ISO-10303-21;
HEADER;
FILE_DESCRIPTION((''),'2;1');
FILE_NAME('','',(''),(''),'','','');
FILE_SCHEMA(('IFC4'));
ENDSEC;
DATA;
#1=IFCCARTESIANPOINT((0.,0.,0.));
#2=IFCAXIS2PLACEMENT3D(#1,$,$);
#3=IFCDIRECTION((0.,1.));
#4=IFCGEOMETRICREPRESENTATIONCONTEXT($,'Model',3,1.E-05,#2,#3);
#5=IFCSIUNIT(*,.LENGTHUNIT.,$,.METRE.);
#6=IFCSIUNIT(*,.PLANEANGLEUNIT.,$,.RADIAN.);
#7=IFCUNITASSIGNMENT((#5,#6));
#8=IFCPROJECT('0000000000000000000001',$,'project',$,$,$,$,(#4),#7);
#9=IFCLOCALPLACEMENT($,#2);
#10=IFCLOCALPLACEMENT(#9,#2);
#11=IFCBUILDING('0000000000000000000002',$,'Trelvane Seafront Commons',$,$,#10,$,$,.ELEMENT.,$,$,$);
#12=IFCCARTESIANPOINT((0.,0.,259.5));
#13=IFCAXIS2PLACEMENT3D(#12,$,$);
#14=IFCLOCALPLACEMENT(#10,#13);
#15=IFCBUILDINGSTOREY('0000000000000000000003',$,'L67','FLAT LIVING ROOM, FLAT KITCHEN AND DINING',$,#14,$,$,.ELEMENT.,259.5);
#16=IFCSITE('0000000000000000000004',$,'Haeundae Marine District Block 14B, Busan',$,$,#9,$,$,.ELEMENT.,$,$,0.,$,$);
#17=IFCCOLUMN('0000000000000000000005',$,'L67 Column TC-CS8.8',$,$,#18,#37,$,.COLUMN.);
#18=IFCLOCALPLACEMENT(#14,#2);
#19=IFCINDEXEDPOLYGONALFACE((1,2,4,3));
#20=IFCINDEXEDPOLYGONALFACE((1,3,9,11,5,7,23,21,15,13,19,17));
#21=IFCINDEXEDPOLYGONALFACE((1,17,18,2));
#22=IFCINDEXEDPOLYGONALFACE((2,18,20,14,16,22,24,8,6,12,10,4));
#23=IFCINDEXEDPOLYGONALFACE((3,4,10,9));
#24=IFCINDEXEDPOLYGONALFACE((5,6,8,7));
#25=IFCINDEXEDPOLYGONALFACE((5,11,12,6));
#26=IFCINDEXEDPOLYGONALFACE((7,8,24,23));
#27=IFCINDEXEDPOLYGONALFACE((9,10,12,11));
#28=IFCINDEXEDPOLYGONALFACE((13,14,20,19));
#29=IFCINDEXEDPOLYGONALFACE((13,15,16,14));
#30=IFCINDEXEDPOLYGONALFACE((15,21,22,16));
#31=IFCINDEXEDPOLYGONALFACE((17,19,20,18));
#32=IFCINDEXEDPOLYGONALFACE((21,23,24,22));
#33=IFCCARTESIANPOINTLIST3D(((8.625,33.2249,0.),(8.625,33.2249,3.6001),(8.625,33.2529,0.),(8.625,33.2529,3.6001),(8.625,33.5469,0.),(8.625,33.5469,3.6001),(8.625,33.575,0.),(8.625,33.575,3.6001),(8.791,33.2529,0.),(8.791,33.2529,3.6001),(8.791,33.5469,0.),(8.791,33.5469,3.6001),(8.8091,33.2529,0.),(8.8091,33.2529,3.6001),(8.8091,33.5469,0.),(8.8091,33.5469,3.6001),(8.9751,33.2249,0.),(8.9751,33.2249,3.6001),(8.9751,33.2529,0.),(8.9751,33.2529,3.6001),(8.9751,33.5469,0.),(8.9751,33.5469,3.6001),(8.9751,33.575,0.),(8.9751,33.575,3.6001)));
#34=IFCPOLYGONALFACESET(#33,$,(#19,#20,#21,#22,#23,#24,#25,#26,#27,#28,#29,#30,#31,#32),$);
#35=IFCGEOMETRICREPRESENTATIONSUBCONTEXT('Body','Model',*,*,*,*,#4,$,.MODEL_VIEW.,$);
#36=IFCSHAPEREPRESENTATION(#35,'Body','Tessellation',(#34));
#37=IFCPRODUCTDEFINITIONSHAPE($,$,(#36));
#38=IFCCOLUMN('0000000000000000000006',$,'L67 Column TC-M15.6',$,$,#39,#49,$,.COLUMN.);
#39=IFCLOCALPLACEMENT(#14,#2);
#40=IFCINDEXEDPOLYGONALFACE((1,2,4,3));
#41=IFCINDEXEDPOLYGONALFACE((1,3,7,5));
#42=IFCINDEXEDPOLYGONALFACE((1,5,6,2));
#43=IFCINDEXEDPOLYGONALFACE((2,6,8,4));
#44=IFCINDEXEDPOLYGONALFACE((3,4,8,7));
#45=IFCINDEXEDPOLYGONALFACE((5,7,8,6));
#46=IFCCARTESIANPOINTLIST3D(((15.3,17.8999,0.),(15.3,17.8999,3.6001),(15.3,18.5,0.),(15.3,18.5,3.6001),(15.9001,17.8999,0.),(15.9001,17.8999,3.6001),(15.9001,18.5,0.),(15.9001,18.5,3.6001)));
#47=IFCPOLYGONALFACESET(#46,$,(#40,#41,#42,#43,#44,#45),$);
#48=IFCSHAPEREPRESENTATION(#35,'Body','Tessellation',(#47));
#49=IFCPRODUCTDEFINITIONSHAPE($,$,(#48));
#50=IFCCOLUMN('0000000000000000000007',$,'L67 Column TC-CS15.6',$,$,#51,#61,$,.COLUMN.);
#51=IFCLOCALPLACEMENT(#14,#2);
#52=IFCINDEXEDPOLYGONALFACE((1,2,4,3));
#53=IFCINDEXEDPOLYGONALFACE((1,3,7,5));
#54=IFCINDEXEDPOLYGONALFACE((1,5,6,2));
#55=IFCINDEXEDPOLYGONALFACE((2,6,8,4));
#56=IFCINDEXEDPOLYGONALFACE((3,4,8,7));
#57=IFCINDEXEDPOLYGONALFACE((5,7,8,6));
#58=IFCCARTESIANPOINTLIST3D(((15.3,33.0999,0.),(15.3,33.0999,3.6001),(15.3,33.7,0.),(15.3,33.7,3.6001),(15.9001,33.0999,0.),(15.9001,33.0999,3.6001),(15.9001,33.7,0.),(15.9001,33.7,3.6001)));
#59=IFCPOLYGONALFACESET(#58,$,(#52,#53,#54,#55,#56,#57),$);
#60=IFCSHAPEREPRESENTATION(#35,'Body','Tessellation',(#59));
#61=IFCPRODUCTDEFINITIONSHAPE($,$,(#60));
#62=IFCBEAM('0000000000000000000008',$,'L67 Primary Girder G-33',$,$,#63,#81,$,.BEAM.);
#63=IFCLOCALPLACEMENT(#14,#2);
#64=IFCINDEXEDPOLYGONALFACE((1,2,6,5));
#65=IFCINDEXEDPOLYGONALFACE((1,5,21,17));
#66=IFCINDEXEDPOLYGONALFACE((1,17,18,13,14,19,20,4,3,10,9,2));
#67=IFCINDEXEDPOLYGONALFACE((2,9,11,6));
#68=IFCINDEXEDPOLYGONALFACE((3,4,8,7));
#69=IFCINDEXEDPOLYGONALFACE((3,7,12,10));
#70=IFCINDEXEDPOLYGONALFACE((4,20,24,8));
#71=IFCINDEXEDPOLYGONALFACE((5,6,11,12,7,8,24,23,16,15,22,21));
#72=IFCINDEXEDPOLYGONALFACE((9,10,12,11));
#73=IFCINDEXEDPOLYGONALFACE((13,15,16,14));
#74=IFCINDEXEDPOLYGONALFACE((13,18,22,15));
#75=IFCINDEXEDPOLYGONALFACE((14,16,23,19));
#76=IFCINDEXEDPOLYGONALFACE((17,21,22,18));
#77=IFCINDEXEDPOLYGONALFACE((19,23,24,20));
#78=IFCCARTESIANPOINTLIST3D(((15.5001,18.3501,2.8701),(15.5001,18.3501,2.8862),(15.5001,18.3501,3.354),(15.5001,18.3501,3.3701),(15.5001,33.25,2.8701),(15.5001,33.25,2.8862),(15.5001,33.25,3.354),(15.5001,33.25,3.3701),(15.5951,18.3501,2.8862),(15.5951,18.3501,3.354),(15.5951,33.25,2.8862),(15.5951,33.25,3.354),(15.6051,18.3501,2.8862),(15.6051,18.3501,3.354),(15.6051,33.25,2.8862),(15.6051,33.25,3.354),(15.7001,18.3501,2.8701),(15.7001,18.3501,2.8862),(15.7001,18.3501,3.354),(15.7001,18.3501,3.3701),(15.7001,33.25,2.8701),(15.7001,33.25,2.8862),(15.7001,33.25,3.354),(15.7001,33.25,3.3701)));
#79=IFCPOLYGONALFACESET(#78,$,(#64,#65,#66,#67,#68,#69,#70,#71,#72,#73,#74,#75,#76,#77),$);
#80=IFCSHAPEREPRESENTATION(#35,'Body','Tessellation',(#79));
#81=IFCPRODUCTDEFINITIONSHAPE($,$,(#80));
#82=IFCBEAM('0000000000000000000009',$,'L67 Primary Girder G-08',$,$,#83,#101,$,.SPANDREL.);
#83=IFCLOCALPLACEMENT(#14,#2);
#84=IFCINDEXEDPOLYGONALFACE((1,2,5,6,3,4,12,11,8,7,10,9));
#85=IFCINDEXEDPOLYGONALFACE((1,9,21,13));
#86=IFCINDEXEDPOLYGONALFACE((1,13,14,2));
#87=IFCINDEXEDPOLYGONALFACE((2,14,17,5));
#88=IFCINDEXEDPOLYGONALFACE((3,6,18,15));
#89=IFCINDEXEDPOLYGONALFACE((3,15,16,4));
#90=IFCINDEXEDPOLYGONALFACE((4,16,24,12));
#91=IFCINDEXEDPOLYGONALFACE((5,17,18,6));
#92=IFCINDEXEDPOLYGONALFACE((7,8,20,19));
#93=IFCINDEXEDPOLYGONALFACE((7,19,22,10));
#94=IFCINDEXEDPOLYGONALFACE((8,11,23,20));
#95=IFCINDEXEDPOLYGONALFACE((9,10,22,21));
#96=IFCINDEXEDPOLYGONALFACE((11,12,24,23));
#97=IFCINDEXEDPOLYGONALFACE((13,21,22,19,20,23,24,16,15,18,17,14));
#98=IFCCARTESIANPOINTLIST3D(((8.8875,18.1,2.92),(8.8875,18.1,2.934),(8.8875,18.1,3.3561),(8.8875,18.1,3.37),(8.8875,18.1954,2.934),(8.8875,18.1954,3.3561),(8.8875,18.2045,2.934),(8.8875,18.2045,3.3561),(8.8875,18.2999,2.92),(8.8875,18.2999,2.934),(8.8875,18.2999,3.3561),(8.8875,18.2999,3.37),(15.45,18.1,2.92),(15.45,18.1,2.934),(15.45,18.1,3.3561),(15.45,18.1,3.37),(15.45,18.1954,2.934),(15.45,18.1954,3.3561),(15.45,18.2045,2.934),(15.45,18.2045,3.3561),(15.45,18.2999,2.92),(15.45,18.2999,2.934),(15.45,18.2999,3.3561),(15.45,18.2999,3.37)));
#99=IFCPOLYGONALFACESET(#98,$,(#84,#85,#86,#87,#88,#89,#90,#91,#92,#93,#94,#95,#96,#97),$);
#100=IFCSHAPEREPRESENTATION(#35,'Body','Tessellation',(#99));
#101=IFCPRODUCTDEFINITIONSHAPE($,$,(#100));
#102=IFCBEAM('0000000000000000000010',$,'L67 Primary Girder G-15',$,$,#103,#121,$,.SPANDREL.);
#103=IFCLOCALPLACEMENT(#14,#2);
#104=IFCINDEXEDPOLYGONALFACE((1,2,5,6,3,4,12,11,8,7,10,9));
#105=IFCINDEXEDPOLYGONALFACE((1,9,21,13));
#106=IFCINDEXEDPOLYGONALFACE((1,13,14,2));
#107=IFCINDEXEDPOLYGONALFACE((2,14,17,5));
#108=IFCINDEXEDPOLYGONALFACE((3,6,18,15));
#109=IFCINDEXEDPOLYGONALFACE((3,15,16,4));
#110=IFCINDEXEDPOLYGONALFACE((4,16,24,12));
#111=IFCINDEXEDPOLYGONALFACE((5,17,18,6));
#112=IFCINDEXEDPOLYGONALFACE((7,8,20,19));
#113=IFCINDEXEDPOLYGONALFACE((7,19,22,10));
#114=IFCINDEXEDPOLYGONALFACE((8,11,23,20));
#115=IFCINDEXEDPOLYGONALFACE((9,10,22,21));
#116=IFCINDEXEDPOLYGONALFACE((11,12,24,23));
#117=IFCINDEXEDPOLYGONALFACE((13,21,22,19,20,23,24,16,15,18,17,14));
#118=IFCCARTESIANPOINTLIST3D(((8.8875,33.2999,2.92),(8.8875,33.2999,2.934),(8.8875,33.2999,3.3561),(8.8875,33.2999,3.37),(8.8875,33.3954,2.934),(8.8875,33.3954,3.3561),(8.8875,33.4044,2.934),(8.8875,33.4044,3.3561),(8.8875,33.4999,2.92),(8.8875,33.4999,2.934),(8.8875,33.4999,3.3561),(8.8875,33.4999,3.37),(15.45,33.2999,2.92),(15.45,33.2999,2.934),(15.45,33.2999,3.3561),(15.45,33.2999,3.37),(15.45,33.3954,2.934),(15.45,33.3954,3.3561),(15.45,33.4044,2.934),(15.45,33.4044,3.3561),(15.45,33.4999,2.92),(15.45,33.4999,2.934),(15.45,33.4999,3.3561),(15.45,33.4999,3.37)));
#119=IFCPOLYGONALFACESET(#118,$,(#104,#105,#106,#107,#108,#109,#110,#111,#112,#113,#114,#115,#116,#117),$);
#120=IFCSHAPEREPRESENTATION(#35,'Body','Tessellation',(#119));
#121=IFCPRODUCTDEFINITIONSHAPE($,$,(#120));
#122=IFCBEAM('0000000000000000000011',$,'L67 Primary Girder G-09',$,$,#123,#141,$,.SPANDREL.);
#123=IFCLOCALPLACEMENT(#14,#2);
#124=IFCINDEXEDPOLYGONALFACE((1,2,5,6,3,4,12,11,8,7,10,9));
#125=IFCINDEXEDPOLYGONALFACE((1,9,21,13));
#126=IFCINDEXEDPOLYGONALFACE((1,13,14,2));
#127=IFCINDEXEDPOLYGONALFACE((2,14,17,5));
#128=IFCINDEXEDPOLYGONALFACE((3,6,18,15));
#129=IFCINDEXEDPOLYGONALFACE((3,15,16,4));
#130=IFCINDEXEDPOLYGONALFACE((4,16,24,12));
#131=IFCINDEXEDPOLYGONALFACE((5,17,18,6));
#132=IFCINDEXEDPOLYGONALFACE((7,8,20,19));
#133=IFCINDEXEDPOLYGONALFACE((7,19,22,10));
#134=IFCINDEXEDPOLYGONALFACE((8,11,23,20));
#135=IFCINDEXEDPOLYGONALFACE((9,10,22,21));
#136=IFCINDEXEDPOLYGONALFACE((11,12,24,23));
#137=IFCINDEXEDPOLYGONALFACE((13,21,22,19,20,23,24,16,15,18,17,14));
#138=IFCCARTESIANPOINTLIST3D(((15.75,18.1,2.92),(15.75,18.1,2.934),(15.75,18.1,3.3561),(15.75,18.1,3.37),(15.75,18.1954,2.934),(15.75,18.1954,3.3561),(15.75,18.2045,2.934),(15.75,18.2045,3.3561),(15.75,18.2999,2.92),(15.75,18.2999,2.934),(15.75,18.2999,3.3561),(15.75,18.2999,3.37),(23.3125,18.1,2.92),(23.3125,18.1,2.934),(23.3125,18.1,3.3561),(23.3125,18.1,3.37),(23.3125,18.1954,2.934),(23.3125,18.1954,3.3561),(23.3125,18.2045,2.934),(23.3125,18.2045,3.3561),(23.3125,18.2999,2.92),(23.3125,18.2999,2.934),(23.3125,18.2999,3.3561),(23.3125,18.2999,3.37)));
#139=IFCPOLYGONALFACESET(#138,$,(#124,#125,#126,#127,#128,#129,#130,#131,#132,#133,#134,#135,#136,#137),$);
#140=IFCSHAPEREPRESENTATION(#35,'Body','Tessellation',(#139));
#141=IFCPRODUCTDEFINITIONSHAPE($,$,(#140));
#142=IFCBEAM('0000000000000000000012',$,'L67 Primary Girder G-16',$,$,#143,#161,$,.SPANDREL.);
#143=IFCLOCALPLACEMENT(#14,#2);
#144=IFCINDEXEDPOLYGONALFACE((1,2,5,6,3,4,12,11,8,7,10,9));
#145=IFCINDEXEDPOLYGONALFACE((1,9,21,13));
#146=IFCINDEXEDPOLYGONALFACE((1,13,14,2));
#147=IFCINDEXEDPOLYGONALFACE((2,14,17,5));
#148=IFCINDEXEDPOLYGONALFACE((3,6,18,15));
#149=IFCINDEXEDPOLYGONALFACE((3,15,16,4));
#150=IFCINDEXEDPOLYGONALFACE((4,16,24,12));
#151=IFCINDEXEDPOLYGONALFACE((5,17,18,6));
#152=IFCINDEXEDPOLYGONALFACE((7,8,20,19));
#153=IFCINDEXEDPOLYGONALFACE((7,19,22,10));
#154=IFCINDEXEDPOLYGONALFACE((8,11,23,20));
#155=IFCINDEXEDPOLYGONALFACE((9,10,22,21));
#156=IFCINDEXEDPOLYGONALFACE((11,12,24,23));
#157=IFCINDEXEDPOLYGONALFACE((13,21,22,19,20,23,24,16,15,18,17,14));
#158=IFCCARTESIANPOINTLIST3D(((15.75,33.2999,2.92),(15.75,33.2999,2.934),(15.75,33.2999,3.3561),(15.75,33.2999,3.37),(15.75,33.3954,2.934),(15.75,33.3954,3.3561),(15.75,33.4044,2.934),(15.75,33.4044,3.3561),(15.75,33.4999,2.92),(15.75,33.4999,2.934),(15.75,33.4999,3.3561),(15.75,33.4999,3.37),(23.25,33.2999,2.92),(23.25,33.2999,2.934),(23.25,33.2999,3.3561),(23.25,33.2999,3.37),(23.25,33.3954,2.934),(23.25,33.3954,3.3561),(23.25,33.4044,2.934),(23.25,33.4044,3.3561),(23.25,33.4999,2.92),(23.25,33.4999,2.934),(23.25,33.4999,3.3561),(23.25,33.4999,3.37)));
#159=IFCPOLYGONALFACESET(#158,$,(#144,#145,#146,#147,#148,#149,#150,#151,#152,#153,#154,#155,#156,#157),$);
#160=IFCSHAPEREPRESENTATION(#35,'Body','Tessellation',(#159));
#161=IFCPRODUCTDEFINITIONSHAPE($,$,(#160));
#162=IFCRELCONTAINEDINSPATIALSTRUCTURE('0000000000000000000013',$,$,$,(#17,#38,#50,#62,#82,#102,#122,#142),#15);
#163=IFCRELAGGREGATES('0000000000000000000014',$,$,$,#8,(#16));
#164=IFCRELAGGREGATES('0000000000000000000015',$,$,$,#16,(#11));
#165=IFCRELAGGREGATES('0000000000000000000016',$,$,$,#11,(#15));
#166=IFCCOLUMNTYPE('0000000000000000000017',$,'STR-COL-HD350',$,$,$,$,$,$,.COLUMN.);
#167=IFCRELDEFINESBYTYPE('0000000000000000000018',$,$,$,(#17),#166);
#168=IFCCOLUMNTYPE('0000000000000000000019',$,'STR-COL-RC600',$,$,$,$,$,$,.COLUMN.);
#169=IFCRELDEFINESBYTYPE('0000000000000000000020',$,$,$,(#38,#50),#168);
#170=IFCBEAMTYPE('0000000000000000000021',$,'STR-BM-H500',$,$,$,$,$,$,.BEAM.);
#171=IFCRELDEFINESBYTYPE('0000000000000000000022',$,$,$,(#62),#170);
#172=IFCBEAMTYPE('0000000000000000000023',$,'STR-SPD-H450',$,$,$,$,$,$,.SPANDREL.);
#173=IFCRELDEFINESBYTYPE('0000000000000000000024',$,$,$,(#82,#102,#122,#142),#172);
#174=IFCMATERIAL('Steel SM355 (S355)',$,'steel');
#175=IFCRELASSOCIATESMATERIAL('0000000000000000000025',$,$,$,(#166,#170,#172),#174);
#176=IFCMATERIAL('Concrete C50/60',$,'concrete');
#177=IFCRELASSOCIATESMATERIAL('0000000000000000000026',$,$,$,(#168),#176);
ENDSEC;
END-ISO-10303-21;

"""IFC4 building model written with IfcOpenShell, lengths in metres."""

from ifc_helpers import new_model, si_unit, direction, frame, origin, origin_2d, place, context, subcontext, project, spatial, rectangle, i_section, extrude, source, transform, mapped, material, material_profile, profile_set, type_object, element, save


model = new_model("IFC4")

# Units and contexts
model_context = context("Model", 3, precision=1e-05, world=origin(), true_north=direction((0.0, 1.0)))
body_context = subcontext(model_context, "Body", "Model", "MODEL_VIEW")
ifc_project = project(units=[si_unit("LENGTHUNIT", "METRE"), si_unit("PLANEANGLEUNIT", "RADIAN")], contexts=[model_context])

# Site, building, storey
site_placement = place(None, origin())
site = spatial("IfcSite", under=ifc_project, at=site_placement, Name="Haeundae Marine District Block 14B, Busan", CompositionType="ELEMENT", RefElevation=0.0)
building_placement = place(site_placement, origin())
building = spatial("IfcBuilding", under=site, at=building_placement, Name="Trelvane Seafront Commons", CompositionType="ELEMENT")
storey_placement = place(building_placement, frame((0.0, 0.0, 259.5)))
storey = spatial("IfcBuildingStorey", under=building, at=storey_placement, Name="L67", Description="FLAT LIVING ROOM, FLAT KITCHEN AND DINING", CompositionType="ELEMENT", Elevation=259.5)

# Columns
ifc_material_1 = material(Name="Steel SM355 (S355)", Category="steel")
ifc_material_profile_1 = material_profile(ifc_material_1, i_section(OverallWidth=0.3501, OverallDepth=0.3501, WebThickness=0.0181, FlangeThickness=0.0281, at=origin_2d()), Name="HD-350x350x18x28")
ifc_profile_set_1 = profile_set([ifc_material_profile_1], Name="Steel SM355 (S355)")
column_type_1 = type_object("IfcColumnType", Name="STR-COL-HD350", PredefinedType="COLUMN", material=ifc_profile_set_1)
shared_shape_1 = source(origin(), body_context, "Body", "SweptSolid", [
    extrude(i_section(OverallWidth=0.3501, OverallDepth=0.3501, WebThickness=0.0181, FlangeThickness=0.0281, at=origin_2d()), origin(), (0.0, 0.0, 1.0), 3.6001),
])
column_placement = place(storey_placement, frame((8.8, 33.3999, 0.0), z_axis=(0.0, 0.0, 1.0), x_axis=(1.0, 0.0, 0.0)))
element("IfcColumn", 1, at=column_placement, inside=storey, type_object=column_type_1, Name="L67 Column TC-CS8.8", PredefinedType="COLUMN", context=body_context, shape_type="MappedRepresentation", body=[
    mapped(shared_shape_1, transform((0.0, 0.0, 0.0), x_axis=(1.0, 0.0, 0.0), y_axis=(0.0, 1.0, 0.0), z_axis=(0.0, 0.0, 1.0), scale=1.0)),
])
ifc_material_2 = material(Name="Concrete C50/60", Category="concrete")
ifc_material_profile_2 = material_profile(ifc_material_2, rectangle(XDim=0.6001, YDim=0.6001, at=origin_2d()), Name="RC-600x600")
ifc_profile_set_2 = profile_set([ifc_material_profile_2], Name="Concrete C50/60")
column_type_2 = type_object("IfcColumnType", Name="STR-COL-RC600", PredefinedType="COLUMN", material=ifc_profile_set_2)
shared_shape_2 = source(origin(), body_context, "Body", "SweptSolid", [
    extrude(rectangle(XDim=0.6001, YDim=0.6001, at=origin_2d()), origin(), (0.0, 0.0, 1.0), 3.6001),
])
for number, where, z_axis, x_axis, name in (
    (2, (15.6001, 18.2, 0.0), (0.0, 0.0, 1.0), (1.0, 0.0, 0.0), "L67 Column TC-M15.6"),
    (3, (15.6001, 33.3999, 0.0), (0.0, 0.0, 1.0), (1.0, 0.0, 0.0), "L67 Column TC-CS15.6"),
):
    element("IfcColumn", number, at=place(storey_placement, frame(where, z_axis=z_axis, x_axis=x_axis)), inside=storey, type_object=column_type_2, Name=name, PredefinedType="COLUMN", context=body_context, shape_type="MappedRepresentation", body=[
        mapped(shared_shape_2, transform((0.0, 0.0, 0.0), x_axis=(1.0, 0.0, 0.0), y_axis=(0.0, 1.0, 0.0), z_axis=(0.0, 0.0, 1.0), scale=1.0)),
    ])

# Beams
ifc_material_profile_3 = material_profile(ifc_material_1, i_section(OverallWidth=0.2, OverallDepth=0.5, WebThickness=0.01, FlangeThickness=0.0161, at=origin_2d()), Name="H-500x200x10x16")
ifc_profile_set_3 = profile_set([ifc_material_profile_3], Name="Steel SM355 (S355)")
beam_type_1 = type_object("IfcBeamType", Name="STR-BM-H500", PredefinedType="BEAM", material=ifc_profile_set_3)
shared_shape_3 = source(origin(), body_context, "Body", "SweptSolid", [
    extrude(i_section(OverallWidth=0.2, OverallDepth=0.5, WebThickness=0.01, FlangeThickness=0.0161, at=origin_2d()), origin(), (0.0, 0.0, 1.0), 14.8999),
])
beam_1_placement = place(storey_placement, frame((15.6001, 18.3501, 3.1201), z_axis=(0.0, 1.0, 0.0), x_axis=(-1.0, 0.0, 0.0)))
element("IfcBeam", 4, at=beam_1_placement, inside=storey, type_object=beam_type_1, Name="L67 Primary Girder G-33", PredefinedType="BEAM", context=body_context, shape_type="MappedRepresentation", body=[
    mapped(shared_shape_3, transform((0.0, 0.0, 0.0), x_axis=(1.0, 0.0, 0.0), y_axis=(0.0, 1.0, 0.0), z_axis=(0.0, 0.0, 1.0), scale=1.0)),
])
ifc_material_profile_4 = material_profile(ifc_material_1, i_section(OverallWidth=0.2, OverallDepth=0.45, WebThickness=0.009, FlangeThickness=0.0139, at=origin_2d()), Name="H-450x200x9x14")
ifc_profile_set_4 = profile_set([ifc_material_profile_4], Name="Steel SM355 (S355)")
beam_type_2 = type_object("IfcBeamType", Name="STR-SPD-H450", PredefinedType="SPANDREL", material=ifc_profile_set_4)
shared_shape_4 = source(origin(), body_context, "Body", "SweptSolid", [
    extrude(i_section(OverallWidth=0.2, OverallDepth=0.45, WebThickness=0.009, FlangeThickness=0.0139, at=origin_2d()), origin(), (0.0, 0.0, 1.0), 6.5625),
])
for number, where, z_axis, x_axis, name in (
    (5, (8.8875, 18.2, 3.145), (1.0, 0.0, 0.0), (0.0, 1.0, 0.0), "L67 Primary Girder G-08"),
    (6, (8.8875, 33.3999, 3.145), (1.0, 0.0, 0.0), (0.0, 1.0, 0.0), "L67 Primary Girder G-15"),
):
    element("IfcBeam", number, at=place(storey_placement, frame(where, z_axis=z_axis, x_axis=x_axis)), inside=storey, type_object=beam_type_2, Name=name, PredefinedType="SPANDREL", context=body_context, shape_type="MappedRepresentation", body=[
        mapped(shared_shape_4, transform((0.0, 0.0, 0.0), x_axis=(1.0, 0.0, 0.0), y_axis=(0.0, 1.0, 0.0), z_axis=(0.0, 0.0, 1.0), scale=1.0)),
    ])
shared_shape_5 = source(origin(), body_context, "Body", "SweptSolid", [
    extrude(i_section(OverallWidth=0.2, OverallDepth=0.45, WebThickness=0.009, FlangeThickness=0.0139, at=origin_2d()), origin(), (0.0, 0.0, 1.0), 7.5625),
])
beam_2_placement = place(storey_placement, frame((15.75, 18.2, 3.145), z_axis=(1.0, 0.0, 0.0), x_axis=(0.0, 1.0, 0.0)))
element("IfcBeam", 7, at=beam_2_placement, inside=storey, type_object=beam_type_2, Name="L67 Primary Girder G-09", PredefinedType="SPANDREL", context=body_context, shape_type="MappedRepresentation", body=[
    mapped(shared_shape_5, transform((0.0, 0.0, 0.0), x_axis=(1.0, 0.0, 0.0), y_axis=(0.0, 1.0, 0.0), z_axis=(0.0, 0.0, 1.0), scale=1.0)),
])
shared_shape_6 = source(origin(), body_context, "Body", "SweptSolid", [
    extrude(i_section(OverallWidth=0.2, OverallDepth=0.45, WebThickness=0.009, FlangeThickness=0.0139, at=origin_2d()), origin(), (0.0, 0.0, 1.0), 7.5),
])
beam_3_placement = place(storey_placement, frame((15.75, 33.3999, 3.145), z_axis=(1.0, 0.0, 0.0), x_axis=(0.0, 1.0, 0.0)))
element("IfcBeam", 8, at=beam_3_placement, inside=storey, type_object=beam_type_2, Name="L67 Primary Girder G-16", PredefinedType="SPANDREL", context=body_context, shape_type="MappedRepresentation", body=[
    mapped(shared_shape_6, transform((0.0, 0.0, 0.0), x_axis=(1.0, 0.0, 0.0), y_axis=(0.0, 1.0, 0.0), z_axis=(0.0, 0.0, 1.0), scale=1.0)),
])

save(model, "model.ifc")
